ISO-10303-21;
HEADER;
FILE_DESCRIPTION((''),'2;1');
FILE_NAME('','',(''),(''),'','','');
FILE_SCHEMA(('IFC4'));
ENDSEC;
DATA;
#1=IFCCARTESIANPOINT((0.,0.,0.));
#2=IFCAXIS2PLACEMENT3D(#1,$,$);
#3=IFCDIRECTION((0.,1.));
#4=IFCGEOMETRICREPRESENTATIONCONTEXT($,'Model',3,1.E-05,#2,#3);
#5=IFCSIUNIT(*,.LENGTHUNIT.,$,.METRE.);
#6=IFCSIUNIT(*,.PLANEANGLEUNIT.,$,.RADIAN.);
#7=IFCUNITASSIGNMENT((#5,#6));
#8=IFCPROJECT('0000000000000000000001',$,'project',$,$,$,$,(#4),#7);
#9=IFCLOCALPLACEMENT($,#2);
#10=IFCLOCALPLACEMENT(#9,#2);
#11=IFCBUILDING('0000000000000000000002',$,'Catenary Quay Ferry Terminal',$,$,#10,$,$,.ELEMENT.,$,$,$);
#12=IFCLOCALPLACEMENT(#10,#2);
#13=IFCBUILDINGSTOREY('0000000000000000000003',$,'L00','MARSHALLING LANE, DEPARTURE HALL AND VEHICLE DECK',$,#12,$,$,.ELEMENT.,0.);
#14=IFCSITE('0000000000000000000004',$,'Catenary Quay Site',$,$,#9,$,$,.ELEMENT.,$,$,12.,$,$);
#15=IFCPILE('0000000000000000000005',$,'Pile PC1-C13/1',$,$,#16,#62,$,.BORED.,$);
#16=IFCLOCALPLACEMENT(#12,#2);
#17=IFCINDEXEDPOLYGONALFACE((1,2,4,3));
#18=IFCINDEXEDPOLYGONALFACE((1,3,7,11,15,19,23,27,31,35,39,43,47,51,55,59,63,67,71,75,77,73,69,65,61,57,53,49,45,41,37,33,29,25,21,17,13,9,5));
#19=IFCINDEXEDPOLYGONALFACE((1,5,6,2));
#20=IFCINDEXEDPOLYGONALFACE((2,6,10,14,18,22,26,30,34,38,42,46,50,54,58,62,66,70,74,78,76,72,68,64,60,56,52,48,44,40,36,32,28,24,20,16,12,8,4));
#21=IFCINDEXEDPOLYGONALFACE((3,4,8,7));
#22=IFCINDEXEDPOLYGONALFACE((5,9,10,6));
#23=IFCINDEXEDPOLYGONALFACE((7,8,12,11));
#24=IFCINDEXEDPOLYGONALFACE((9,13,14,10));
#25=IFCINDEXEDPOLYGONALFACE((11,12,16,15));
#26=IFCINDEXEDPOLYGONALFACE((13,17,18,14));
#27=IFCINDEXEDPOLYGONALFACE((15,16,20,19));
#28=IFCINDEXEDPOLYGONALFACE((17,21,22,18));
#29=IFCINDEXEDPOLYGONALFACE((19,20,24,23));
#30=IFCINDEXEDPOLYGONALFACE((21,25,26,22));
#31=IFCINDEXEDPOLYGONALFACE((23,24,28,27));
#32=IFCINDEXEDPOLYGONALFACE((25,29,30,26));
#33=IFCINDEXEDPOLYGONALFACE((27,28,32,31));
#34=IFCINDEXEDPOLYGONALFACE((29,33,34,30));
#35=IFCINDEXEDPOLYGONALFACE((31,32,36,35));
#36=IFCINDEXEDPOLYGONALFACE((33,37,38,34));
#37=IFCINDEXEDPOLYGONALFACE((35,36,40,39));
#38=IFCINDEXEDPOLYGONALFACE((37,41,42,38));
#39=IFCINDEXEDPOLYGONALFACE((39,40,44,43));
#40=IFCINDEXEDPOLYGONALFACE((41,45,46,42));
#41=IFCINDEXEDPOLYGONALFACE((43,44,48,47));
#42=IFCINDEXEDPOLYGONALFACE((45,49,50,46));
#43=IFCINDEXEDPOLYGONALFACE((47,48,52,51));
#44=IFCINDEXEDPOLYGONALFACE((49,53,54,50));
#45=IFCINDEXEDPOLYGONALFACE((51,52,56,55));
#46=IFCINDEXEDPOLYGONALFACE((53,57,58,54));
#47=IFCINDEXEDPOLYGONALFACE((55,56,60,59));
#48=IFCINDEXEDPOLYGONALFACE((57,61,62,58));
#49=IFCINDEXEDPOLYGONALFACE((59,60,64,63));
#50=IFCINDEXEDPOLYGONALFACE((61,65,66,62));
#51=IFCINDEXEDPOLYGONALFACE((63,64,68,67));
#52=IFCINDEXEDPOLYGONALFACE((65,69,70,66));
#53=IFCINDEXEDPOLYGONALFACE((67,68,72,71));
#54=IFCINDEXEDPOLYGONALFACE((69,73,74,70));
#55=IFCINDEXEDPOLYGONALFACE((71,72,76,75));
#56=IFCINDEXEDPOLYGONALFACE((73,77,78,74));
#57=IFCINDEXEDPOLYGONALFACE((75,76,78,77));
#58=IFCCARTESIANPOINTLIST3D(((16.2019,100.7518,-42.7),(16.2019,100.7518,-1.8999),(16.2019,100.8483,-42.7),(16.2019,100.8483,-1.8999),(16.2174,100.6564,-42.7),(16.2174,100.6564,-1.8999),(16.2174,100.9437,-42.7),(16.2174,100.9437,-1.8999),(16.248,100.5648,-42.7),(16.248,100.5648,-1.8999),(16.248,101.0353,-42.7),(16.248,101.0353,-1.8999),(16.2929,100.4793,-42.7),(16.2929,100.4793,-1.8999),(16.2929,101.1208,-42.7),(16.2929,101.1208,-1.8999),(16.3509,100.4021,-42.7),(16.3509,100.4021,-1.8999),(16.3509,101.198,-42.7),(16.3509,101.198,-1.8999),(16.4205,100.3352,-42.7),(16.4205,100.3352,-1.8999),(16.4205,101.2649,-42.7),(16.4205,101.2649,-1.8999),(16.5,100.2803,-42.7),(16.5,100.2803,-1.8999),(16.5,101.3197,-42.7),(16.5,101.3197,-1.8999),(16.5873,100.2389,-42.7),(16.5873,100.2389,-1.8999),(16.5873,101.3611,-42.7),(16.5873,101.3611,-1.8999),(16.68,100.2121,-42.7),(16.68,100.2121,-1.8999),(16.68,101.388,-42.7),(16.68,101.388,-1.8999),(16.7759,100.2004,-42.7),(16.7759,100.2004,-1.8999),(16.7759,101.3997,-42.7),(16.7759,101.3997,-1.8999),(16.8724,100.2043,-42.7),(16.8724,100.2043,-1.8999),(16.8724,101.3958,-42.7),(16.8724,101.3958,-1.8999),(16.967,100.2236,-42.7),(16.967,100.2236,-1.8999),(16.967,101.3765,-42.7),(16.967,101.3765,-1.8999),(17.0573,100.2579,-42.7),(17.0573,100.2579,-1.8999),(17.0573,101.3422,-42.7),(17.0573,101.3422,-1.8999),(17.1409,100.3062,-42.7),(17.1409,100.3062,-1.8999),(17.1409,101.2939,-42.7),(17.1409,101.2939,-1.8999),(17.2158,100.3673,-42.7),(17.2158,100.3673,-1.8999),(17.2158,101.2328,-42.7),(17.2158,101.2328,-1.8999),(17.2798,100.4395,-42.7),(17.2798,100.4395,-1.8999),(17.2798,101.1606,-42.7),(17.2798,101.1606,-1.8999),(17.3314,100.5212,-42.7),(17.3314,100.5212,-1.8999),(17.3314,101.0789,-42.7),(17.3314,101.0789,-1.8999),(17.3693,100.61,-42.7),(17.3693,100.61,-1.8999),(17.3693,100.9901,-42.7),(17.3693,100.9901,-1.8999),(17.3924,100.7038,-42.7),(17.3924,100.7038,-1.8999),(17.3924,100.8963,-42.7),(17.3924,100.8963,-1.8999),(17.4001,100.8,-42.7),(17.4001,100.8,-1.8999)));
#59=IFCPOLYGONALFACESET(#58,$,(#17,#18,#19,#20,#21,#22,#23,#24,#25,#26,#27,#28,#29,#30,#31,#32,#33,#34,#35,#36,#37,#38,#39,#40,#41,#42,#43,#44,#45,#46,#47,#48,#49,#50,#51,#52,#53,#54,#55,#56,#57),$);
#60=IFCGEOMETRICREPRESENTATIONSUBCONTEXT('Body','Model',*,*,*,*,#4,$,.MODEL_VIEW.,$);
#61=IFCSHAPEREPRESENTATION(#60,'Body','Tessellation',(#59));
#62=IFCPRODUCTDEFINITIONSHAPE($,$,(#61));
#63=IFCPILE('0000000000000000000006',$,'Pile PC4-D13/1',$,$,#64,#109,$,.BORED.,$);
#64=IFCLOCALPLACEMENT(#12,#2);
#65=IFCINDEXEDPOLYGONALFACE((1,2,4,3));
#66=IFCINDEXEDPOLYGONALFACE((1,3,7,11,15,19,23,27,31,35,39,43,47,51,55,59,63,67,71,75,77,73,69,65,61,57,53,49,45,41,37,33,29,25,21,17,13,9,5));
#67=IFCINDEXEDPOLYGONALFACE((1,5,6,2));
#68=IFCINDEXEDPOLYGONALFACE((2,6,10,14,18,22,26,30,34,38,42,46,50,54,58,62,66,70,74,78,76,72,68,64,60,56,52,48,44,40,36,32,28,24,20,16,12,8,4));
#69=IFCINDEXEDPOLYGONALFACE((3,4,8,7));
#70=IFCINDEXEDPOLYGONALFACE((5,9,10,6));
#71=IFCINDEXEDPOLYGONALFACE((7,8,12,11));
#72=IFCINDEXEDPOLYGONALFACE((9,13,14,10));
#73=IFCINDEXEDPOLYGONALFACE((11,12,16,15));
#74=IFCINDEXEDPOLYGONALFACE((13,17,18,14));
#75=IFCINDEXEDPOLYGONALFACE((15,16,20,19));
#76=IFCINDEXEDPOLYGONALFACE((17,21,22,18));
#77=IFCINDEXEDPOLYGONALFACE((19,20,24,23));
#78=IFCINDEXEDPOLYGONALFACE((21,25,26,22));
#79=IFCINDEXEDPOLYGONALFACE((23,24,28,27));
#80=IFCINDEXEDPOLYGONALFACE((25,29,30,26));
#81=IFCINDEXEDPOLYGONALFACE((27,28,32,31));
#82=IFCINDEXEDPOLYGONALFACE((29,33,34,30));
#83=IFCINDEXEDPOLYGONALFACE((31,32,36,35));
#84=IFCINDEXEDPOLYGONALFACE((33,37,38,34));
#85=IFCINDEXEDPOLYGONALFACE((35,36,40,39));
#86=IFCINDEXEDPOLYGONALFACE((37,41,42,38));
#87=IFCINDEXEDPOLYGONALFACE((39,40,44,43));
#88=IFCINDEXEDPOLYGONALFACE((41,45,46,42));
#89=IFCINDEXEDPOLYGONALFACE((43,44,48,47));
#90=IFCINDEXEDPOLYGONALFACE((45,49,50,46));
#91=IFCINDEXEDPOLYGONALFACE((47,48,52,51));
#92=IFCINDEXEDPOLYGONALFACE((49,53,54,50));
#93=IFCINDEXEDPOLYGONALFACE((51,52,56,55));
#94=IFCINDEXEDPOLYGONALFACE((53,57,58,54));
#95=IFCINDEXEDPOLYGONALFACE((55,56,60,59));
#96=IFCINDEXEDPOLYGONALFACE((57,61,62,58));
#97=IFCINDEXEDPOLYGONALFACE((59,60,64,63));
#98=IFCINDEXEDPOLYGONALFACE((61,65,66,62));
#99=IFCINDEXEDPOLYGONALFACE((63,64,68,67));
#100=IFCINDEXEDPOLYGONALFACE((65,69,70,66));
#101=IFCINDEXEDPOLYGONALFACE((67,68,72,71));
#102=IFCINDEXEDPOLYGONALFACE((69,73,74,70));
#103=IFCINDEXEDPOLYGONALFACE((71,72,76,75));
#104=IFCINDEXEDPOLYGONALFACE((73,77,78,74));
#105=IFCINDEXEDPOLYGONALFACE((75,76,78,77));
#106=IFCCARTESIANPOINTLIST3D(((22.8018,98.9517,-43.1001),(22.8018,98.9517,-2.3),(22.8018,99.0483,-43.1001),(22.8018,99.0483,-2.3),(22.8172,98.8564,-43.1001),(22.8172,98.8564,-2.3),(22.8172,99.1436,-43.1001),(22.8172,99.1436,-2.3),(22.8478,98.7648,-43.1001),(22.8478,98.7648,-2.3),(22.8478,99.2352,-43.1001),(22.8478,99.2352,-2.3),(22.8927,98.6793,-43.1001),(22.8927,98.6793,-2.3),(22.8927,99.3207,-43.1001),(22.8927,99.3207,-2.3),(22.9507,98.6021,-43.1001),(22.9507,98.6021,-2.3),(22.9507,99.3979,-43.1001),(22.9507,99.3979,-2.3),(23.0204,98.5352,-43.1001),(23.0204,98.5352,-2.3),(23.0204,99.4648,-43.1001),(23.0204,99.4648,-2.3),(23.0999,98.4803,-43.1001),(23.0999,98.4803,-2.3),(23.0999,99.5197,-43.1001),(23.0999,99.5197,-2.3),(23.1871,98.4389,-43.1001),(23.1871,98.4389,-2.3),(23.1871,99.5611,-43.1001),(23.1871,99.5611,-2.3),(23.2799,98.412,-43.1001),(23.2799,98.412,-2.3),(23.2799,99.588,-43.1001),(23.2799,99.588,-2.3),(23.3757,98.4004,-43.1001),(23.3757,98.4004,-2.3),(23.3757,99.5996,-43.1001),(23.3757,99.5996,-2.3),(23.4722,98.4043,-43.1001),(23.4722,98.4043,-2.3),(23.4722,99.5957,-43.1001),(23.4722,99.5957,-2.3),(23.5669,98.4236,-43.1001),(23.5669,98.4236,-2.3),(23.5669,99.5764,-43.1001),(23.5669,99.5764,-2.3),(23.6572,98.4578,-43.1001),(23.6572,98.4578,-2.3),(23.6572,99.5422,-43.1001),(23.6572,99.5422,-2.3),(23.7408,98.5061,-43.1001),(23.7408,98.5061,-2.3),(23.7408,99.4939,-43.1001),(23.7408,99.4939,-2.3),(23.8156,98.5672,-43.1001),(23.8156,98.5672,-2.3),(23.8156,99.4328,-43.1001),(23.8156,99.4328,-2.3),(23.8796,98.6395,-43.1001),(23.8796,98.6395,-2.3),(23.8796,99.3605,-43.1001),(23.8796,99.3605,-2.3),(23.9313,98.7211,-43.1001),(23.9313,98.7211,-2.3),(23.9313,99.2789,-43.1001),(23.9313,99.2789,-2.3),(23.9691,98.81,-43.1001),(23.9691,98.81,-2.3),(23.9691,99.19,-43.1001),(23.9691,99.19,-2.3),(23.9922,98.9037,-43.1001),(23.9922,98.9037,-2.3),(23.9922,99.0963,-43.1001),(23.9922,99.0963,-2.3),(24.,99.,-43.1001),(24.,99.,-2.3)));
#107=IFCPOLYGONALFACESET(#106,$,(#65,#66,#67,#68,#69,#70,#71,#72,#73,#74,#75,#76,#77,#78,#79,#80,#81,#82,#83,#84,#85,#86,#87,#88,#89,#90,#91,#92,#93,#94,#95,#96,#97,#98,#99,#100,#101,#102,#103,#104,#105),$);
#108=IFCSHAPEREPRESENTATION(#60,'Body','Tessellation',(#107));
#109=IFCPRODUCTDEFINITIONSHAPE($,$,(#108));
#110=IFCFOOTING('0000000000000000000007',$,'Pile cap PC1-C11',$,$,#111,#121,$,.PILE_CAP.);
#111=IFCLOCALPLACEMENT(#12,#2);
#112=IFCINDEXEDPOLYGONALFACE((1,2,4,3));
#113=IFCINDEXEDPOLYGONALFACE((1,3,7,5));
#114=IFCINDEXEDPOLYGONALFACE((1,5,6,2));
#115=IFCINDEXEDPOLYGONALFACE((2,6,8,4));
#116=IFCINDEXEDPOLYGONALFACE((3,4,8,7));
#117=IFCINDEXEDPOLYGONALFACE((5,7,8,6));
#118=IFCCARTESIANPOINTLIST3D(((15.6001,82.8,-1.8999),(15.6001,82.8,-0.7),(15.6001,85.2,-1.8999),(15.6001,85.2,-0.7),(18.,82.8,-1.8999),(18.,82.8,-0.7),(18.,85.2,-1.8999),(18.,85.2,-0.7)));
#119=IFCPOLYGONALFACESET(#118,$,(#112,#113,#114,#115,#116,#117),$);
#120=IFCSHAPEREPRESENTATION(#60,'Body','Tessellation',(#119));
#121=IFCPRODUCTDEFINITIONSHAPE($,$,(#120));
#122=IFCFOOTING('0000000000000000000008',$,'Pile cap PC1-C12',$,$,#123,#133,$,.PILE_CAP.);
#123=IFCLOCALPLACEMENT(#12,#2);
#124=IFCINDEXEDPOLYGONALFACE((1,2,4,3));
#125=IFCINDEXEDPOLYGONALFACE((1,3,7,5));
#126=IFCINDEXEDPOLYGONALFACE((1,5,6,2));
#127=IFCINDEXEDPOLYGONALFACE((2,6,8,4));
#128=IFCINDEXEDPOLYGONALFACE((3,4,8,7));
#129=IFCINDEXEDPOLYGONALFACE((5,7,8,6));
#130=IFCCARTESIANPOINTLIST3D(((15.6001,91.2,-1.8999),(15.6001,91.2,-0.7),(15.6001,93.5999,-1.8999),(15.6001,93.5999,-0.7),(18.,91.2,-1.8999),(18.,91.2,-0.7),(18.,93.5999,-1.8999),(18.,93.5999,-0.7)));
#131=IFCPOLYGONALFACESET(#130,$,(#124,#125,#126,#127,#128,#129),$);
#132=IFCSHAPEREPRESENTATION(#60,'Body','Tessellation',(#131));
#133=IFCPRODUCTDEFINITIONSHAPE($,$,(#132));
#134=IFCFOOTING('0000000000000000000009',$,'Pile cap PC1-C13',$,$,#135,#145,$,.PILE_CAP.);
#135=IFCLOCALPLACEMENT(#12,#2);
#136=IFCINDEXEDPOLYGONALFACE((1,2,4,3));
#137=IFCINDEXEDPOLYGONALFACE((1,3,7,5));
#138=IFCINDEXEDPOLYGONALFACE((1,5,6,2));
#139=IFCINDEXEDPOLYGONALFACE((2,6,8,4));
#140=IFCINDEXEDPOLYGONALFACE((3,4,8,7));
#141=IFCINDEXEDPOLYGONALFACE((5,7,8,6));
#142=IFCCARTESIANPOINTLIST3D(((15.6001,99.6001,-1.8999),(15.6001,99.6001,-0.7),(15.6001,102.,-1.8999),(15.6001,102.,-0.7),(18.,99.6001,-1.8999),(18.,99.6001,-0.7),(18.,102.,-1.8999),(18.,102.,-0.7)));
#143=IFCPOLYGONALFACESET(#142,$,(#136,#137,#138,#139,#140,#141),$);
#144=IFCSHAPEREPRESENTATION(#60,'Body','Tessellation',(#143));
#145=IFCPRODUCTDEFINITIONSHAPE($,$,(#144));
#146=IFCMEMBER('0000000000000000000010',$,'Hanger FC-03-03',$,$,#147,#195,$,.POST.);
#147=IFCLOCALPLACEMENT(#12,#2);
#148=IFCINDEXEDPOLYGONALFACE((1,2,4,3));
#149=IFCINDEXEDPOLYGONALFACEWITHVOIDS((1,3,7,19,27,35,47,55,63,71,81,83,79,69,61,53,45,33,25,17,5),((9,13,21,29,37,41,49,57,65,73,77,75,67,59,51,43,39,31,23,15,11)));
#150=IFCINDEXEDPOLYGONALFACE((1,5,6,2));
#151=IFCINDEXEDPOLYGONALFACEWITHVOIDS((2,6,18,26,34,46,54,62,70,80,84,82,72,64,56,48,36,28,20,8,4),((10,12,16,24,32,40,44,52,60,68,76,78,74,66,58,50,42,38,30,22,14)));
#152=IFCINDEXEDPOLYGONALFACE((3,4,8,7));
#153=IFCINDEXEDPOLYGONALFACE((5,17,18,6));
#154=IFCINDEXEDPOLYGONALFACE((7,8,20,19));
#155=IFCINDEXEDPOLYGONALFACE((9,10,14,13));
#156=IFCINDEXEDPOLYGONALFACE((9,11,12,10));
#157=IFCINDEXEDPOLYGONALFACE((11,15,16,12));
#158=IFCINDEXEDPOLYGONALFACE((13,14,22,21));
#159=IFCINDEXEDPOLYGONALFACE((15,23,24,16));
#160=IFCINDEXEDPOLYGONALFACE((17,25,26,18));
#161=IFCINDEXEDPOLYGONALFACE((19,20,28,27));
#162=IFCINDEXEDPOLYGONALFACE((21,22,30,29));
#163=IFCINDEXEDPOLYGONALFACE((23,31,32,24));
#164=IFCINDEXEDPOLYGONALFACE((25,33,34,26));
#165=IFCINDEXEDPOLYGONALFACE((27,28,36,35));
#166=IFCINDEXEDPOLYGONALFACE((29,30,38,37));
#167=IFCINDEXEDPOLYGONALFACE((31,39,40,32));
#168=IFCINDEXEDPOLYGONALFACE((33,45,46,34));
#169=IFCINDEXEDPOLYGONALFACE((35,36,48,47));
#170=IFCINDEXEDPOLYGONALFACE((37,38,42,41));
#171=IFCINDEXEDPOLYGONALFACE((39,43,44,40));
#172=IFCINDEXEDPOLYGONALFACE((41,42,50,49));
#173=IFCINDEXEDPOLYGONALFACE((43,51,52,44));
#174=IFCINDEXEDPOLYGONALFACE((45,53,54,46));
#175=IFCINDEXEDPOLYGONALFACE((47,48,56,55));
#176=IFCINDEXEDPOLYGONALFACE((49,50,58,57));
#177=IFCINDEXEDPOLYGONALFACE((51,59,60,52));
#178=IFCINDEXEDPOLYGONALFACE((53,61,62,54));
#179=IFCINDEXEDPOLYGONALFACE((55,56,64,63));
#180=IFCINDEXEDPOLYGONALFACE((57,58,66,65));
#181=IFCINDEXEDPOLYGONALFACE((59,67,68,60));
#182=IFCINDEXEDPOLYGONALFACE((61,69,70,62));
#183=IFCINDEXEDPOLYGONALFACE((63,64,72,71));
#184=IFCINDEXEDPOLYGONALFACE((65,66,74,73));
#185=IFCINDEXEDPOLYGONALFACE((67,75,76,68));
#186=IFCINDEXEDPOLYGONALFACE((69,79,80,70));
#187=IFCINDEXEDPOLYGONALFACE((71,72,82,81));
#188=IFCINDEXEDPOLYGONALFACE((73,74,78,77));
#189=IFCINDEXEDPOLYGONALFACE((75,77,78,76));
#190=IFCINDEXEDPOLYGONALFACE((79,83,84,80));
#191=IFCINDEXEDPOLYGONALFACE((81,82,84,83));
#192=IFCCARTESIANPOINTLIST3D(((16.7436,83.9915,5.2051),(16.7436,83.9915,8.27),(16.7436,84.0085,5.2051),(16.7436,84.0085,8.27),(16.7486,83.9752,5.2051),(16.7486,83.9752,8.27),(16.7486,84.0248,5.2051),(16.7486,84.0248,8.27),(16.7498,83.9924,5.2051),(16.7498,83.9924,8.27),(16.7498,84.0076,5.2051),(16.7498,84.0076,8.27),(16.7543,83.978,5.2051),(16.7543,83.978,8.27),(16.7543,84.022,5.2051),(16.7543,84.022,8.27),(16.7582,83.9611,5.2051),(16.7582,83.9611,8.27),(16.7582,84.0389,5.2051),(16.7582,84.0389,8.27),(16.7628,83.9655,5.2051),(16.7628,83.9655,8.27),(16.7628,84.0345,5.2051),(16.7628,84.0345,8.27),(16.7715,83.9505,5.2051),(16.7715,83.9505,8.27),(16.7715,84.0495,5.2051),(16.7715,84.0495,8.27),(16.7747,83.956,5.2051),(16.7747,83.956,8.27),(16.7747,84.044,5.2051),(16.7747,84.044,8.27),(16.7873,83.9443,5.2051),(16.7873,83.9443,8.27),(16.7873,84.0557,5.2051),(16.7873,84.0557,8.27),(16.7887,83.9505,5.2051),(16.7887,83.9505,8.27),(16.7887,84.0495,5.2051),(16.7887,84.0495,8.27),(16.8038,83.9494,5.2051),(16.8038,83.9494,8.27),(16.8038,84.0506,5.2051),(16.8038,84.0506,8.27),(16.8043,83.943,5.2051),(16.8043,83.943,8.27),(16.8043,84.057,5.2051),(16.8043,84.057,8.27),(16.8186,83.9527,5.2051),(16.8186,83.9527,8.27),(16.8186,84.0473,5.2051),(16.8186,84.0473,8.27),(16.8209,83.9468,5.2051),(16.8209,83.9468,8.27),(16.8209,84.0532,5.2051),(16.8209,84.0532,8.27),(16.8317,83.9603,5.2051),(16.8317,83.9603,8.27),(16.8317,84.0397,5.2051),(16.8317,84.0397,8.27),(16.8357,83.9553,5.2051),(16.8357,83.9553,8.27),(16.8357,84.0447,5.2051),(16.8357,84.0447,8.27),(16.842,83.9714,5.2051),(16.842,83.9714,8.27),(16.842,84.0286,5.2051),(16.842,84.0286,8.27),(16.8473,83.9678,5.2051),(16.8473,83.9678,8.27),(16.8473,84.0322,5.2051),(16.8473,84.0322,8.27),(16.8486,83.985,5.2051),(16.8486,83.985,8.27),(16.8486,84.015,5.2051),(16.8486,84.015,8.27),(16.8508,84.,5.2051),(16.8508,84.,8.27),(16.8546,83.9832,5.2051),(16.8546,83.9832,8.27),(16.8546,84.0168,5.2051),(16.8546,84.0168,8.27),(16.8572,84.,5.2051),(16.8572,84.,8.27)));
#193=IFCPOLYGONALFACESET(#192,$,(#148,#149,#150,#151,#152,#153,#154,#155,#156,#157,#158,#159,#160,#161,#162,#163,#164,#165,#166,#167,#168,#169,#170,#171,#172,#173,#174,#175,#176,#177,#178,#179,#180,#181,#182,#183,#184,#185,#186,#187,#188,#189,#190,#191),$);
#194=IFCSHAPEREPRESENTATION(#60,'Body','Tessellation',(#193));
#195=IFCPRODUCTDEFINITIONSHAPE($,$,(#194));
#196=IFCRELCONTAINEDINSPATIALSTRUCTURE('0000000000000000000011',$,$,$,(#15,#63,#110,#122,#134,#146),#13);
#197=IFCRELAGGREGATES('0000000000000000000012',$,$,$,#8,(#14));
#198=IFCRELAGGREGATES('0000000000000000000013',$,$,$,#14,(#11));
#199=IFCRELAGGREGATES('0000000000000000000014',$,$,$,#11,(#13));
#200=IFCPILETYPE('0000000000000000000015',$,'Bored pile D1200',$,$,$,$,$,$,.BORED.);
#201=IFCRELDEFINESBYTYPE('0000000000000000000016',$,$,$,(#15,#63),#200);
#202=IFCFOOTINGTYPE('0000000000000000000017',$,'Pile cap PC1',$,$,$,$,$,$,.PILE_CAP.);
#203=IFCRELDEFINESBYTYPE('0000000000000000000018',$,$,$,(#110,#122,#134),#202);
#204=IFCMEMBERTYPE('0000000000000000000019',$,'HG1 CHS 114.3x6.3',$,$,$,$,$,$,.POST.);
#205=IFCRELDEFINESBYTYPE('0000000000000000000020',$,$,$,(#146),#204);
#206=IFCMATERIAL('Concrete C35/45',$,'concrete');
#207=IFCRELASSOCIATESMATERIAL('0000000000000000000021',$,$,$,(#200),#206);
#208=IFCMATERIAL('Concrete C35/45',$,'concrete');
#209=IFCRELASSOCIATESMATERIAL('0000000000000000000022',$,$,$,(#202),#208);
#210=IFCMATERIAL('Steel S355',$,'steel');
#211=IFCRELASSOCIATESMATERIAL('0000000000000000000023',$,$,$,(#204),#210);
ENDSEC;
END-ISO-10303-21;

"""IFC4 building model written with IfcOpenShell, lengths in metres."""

from ifc_helpers import new_model, si_unit, direction, frame, origin, origin_2d, place, context, subcontext, project, spatial, rectangle, circle, hollow_circle, extrude, material, material_profile, profile_set, type_object, element, save


model = new_model("IFC4")

# Units and contexts
model_context = context("Model", 3, precision=1e-05, world=origin(), true_north=direction((0.0, 1.0)))
body_context = subcontext(model_context, "Body", "Model", "MODEL_VIEW")
ifc_project = project(units=[si_unit("LENGTHUNIT", "METRE"), si_unit("PLANEANGLEUNIT", "RADIAN")], contexts=[model_context])

# Site, building, storey
site_placement = place(None, origin())
site = spatial("IfcSite", under=ifc_project, at=site_placement, Name="Catenary Quay Site", CompositionType="ELEMENT", RefElevation=12.0)
building_placement = place(site_placement, origin())
building = spatial("IfcBuilding", under=site, at=building_placement, Name="Catenary Quay Ferry Terminal", CompositionType="ELEMENT")
storey_placement = place(building_placement, origin())
storey = spatial("IfcBuildingStorey", under=building, at=storey_placement, Name="L00", Description="MARSHALLING LANE, DEPARTURE HALL AND VEHICLE DECK", CompositionType="ELEMENT", Elevation=0.0)

# Piles
ifc_material_1 = material(Name="Concrete C35/45", Category="concrete")
ifc_material_profile_1 = material_profile(ifc_material_1, circle(Radius=0.6001, at=origin_2d()), Name="D1200")
ifc_profile_set_1 = profile_set([ifc_material_profile_1], Name="Concrete C35/45")
pile_type = type_object("IfcPileType", Name="Bored pile D1200", PredefinedType="BORED", material=ifc_profile_set_1)
for number, where, z_axis, x_axis, name in (
    (1, (16.8, 100.8, -1.8999), (0.0, 0.0, -1.0), (1.0, 0.0, 0.0), "Pile PC1-C13/1"),
    (2, (23.3999, 99.0, -2.3), (0.0, 0.0, -1.0), (1.0, 0.0, 0.0), "Pile PC4-D13/1"),
):
    element("IfcPile", number, at=place(storey_placement, frame(where, z_axis=z_axis, x_axis=x_axis)), inside=storey, type_object=pile_type, Name=name, PredefinedType="BORED", context=body_context, shape_type="SweptSolid", body=[
        extrude(circle(Radius=0.6001, at=origin_2d()), origin(), (0.0, 0.0, 1.0), 40.8),
    ])

# Footings
ifc_material_2 = material(Name="Concrete C35/45", Category="concrete")
footing_type = type_object("IfcFootingType", Name="Pile cap PC1", PredefinedType="PILE_CAP", material=ifc_material_2)
for number, where, z_axis, x_axis, name in (
    (3, (16.8, 84.0, -1.8999), (0.0, 0.0, 1.0), (1.0, 0.0, 0.0), "Pile cap PC1-C11"),
    (4, (16.8, 92.3999, -1.8999), (0.0, 0.0, 1.0), (1.0, 0.0, 0.0), "Pile cap PC1-C12"),
    (5, (16.8, 100.8, -1.8999), (0.0, 0.0, 1.0), (1.0, 0.0, 0.0), "Pile cap PC1-C13"),
):
    element("IfcFooting", number, at=place(storey_placement, frame(where, z_axis=z_axis, x_axis=x_axis)), inside=storey, type_object=footing_type, Name=name, PredefinedType="PILE_CAP", context=body_context, shape_type="SweptSolid", body=[
        extrude(rectangle(XDim=2.3999, YDim=2.3999, at=origin_2d()), origin(), (0.0, 0.0, 1.0), 1.2),
    ])

# Member
ifc_material_3 = material(Name="Steel S355", Category="steel")
ifc_material_profile_2 = material_profile(ifc_material_3, hollow_circle(Radius=0.0571, WallThickness=0.0063, at=origin_2d()), Name="CHS 114.3x6.3")
ifc_profile_set_2 = profile_set([ifc_material_profile_2], Name="Steel S355")
member_type_1 = type_object("IfcMemberType", Name="HG1 CHS 114.3x6.3", PredefinedType="POST", material=ifc_profile_set_2)
member_1_placement = place(storey_placement, frame((16.8, 84.0, 5.2051), z_axis=(0.0, 0.0, 1.0), x_axis=(1.0, 0.0, 0.0)))
element("IfcMember", 6, at=member_1_placement, inside=storey, type_object=member_type_1, Name="Hanger FC-03-03", PredefinedType="POST", context=body_context, shape_type="SweptSolid", body=[
    extrude(hollow_circle(Radius=0.0571, WallThickness=0.0063, at=origin_2d()), origin(), (0.0, 0.0, 1.0), 3.0649),
])

save(model, "model.ifc")
